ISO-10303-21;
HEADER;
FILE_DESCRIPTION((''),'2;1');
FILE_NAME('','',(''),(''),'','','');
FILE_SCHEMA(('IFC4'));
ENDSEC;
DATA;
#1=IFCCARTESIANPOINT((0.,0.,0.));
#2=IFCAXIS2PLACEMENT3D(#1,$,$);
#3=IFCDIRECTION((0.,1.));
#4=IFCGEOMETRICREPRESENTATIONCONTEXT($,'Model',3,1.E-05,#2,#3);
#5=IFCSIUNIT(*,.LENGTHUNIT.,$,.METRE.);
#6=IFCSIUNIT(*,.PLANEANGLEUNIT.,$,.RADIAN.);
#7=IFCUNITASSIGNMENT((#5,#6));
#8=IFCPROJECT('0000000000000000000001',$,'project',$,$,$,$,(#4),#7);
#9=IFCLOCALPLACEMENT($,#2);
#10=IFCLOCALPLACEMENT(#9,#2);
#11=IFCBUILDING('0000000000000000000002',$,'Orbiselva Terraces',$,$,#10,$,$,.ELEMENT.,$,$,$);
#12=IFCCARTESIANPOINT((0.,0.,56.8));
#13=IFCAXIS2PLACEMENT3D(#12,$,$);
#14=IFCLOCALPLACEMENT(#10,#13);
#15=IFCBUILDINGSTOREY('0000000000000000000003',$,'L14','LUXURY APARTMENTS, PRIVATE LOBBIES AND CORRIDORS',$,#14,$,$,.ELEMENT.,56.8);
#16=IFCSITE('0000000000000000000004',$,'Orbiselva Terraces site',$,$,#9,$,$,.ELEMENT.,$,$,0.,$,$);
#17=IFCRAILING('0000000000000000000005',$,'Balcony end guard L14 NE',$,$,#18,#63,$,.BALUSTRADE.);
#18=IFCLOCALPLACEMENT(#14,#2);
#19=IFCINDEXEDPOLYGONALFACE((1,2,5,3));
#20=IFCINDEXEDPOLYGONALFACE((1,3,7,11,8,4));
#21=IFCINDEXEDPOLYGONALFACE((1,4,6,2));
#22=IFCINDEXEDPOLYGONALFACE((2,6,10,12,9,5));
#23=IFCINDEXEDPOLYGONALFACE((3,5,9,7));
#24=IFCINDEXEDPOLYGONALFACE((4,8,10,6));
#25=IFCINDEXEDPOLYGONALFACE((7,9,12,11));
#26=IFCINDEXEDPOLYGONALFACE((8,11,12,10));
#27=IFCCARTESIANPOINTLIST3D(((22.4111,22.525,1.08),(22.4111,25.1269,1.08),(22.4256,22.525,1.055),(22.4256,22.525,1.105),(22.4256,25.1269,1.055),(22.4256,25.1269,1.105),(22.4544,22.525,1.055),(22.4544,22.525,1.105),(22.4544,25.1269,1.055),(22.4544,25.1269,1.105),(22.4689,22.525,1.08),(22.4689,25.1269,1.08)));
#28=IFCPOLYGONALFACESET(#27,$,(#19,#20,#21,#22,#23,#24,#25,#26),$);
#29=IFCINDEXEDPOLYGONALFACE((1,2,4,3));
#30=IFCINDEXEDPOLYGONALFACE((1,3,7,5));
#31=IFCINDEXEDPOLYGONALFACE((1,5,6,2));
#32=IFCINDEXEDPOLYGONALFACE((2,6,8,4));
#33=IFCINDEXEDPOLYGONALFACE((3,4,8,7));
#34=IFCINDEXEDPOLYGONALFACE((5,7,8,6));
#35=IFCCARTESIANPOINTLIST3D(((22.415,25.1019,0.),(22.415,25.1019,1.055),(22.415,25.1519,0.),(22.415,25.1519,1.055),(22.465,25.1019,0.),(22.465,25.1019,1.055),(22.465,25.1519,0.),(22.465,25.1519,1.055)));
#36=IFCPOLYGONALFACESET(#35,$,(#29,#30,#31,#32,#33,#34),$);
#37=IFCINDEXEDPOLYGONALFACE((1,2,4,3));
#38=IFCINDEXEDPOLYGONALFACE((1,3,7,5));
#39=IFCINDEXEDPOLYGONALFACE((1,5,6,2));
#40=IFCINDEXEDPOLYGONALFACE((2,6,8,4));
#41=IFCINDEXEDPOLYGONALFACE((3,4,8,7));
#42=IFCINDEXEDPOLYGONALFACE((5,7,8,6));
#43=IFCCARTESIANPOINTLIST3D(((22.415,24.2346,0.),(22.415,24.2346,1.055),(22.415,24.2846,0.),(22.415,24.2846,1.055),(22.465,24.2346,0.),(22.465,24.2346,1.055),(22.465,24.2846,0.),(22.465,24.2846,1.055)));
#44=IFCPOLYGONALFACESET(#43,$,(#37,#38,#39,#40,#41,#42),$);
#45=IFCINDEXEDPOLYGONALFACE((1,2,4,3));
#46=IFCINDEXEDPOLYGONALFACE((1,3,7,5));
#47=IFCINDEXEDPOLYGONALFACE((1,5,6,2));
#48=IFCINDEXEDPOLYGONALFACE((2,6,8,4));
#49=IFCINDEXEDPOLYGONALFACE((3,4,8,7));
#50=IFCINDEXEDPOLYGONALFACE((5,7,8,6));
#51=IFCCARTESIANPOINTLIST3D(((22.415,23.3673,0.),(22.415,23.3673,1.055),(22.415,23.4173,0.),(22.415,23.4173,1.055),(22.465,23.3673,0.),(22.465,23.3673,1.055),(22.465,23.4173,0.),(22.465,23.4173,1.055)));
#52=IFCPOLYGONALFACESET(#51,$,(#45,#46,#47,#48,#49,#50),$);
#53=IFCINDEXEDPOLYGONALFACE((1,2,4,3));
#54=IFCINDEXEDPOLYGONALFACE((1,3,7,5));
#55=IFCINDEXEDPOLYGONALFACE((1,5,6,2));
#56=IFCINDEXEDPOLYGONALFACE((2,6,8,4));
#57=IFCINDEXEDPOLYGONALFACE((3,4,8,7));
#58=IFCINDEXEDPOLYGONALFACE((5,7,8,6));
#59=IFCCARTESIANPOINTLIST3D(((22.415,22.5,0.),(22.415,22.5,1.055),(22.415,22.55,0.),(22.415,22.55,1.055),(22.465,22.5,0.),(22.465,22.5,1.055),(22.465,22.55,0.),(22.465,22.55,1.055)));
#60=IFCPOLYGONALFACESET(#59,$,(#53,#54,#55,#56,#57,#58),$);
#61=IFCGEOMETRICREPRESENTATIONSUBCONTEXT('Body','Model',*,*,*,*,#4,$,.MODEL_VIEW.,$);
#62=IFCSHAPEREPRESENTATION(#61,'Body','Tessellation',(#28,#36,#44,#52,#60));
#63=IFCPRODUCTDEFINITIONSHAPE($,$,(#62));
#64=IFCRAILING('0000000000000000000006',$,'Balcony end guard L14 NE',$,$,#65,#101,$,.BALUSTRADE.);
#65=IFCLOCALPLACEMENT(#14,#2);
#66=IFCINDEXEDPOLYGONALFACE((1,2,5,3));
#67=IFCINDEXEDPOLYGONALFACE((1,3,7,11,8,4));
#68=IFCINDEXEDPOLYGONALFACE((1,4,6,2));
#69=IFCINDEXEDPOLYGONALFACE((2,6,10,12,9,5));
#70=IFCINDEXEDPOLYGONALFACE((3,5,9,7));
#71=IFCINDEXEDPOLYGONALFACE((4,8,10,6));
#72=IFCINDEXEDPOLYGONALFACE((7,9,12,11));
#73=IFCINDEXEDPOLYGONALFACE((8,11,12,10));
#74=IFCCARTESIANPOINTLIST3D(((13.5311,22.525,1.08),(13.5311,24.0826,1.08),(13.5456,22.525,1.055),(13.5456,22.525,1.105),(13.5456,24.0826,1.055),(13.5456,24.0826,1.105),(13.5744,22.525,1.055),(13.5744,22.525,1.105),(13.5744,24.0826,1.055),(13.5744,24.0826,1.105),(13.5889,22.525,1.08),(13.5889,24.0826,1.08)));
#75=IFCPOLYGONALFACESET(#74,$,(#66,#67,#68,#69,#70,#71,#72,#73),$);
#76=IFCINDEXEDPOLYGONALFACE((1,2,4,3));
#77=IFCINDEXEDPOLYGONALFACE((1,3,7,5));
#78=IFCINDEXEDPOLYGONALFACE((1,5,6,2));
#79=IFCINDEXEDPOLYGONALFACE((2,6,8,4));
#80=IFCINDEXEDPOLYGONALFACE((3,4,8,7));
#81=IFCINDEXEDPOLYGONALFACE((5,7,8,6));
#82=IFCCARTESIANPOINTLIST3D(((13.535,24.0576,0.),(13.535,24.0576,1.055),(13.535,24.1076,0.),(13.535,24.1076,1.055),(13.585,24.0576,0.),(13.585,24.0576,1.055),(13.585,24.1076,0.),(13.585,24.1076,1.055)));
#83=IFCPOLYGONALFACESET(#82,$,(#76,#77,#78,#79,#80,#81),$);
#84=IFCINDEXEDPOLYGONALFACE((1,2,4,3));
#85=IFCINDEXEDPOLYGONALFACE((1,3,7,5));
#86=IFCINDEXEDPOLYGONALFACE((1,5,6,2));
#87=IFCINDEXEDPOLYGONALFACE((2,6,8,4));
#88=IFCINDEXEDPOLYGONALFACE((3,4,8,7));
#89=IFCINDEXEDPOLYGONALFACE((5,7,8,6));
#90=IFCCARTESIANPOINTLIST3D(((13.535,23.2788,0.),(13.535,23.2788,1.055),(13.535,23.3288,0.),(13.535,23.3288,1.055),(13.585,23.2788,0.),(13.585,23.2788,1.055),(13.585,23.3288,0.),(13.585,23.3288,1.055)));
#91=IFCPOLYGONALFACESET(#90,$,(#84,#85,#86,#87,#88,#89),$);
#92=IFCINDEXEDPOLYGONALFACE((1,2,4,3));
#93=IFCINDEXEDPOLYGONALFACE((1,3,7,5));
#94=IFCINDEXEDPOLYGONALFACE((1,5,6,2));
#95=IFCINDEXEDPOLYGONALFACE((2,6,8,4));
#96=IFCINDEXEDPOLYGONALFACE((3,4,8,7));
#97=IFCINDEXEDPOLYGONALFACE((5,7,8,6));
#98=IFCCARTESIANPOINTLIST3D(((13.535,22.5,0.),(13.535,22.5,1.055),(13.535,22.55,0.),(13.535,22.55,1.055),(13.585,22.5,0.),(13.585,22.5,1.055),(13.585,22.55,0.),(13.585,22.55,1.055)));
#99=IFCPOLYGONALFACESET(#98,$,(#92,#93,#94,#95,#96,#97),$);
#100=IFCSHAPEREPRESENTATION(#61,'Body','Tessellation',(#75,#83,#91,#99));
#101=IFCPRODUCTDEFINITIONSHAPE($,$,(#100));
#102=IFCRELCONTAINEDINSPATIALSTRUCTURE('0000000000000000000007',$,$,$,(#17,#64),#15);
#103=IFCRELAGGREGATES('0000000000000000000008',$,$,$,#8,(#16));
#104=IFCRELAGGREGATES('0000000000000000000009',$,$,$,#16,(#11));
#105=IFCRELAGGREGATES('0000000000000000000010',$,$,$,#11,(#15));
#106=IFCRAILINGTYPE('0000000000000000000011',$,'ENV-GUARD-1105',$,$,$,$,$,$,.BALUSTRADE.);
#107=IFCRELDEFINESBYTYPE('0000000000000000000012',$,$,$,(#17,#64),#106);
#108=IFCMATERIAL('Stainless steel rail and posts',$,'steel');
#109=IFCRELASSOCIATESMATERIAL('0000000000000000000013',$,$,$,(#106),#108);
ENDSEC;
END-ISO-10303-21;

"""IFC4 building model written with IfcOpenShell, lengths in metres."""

from ifc_helpers import new_model, si_unit, direction, frame, origin, origin_2d, place, context, subcontext, project, spatial, polyline, rectangle, outline, extrude, material, type_object, element, save


model = new_model("IFC4")

# Units and contexts
model_context = context("Model", 3, precision=1e-05, world=origin(), true_north=direction((0.0, 1.0)))
body_context = subcontext(model_context, "Body", "Model", "MODEL_VIEW")
ifc_project = project(units=[si_unit("LENGTHUNIT", "METRE"), si_unit("PLANEANGLEUNIT", "RADIAN")], contexts=[model_context])

# Site, building, storey
site_placement = place(None, origin())
site = spatial("IfcSite", under=ifc_project, at=site_placement, Name="Orbiselva Terraces site", CompositionType="ELEMENT", RefElevation=0.0)
building_placement = place(site_placement, origin())
building = spatial("IfcBuilding", under=site, at=building_placement, Name="Orbiselva Terraces", CompositionType="ELEMENT")
storey_placement = place(building_placement, frame((0.0, 0.0, 56.8)))
storey = spatial("IfcBuildingStorey", under=building, at=storey_placement, Name="L14", Description="LUXURY APARTMENTS, PRIVATE LOBBIES AND CORRIDORS", CompositionType="ELEMENT", Elevation=56.8)

# Railings
ifc_material_1 = material(Name="Stainless steel rail and posts", Category="steel")
railing_type_1 = type_object("IfcRailingType", Name="ENV-GUARD-1105", PredefinedType="BALUSTRADE", material=ifc_material_1)
railing_1_placement = place(storey_placement, frame((22.44, 25.1269, 0.0)))
element("IfcRailing", 1, at=railing_1_placement, inside=storey, type_object=railing_type_1, Name="Balcony end guard L14 NE", PredefinedType="BALUSTRADE", context=body_context, shape_type="SweptSolid", body=[
    extrude(outline(polyline([(0.0289, 0.0), (0.0144, 0.025), (-0.0144, 0.025), (-0.0289, 0.0), (-0.0144, -0.025), (0.0144, -0.025), (0.0289, 0.0)])), frame((0.0, 0.0, 1.08), z_axis=(0.0, -1.0, 0.0), x_axis=(1.0, 0.0, 0.0)), (0.0, 0.0, 1.0), 2.6019),
    extrude(rectangle(XDim=0.05, YDim=0.05, at=origin_2d()), origin(), (0.0, 0.0, 1.0), 1.055),
    extrude(rectangle(XDim=0.05, YDim=0.05, at=origin_2d()), frame((0.0, -0.8673, 0.0)), (0.0, 0.0, 1.0), 1.055),
    extrude(rectangle(XDim=0.05, YDim=0.05, at=origin_2d()), frame((0.0, -1.7346, 0.0)), (0.0, 0.0, 1.0), 1.055),
    extrude(rectangle(XDim=0.05, YDim=0.05, at=origin_2d()), frame((0.0, -2.6019, 0.0)), (0.0, 0.0, 1.0), 1.055),
])
railing_2_placement = place(storey_placement, frame((13.56, 24.0826, 0.0)))
element("IfcRailing", 2, at=railing_2_placement, inside=storey, type_object=railing_type_1, Name="Balcony end guard L14 NE", PredefinedType="BALUSTRADE", context=body_context, shape_type="SweptSolid", body=[
    extrude(outline(polyline([(0.0289, 0.0), (0.0144, 0.025), (-0.0144, 0.025), (-0.0289, 0.0), (-0.0144, -0.025), (0.0144, -0.025), (0.0289, 0.0)])), frame((0.0, 0.0, 1.08), z_axis=(0.0, -1.0, 0.0), x_axis=(1.0, 0.0, 0.0)), (0.0, 0.0, 1.0), 1.5576),
    extrude(rectangle(XDim=0.05, YDim=0.05, at=origin_2d()), origin(), (0.0, 0.0, 1.0), 1.055),
    extrude(rectangle(XDim=0.05, YDim=0.05, at=origin_2d()), frame((0.0, -0.7788, 0.0)), (0.0, 0.0, 1.0), 1.055),
    extrude(rectangle(XDim=0.05, YDim=0.05, at=origin_2d()), frame((0.0, -1.5576, 0.0)), (0.0, 0.0, 1.0), 1.055),
])

save(model, "model.ifc")
